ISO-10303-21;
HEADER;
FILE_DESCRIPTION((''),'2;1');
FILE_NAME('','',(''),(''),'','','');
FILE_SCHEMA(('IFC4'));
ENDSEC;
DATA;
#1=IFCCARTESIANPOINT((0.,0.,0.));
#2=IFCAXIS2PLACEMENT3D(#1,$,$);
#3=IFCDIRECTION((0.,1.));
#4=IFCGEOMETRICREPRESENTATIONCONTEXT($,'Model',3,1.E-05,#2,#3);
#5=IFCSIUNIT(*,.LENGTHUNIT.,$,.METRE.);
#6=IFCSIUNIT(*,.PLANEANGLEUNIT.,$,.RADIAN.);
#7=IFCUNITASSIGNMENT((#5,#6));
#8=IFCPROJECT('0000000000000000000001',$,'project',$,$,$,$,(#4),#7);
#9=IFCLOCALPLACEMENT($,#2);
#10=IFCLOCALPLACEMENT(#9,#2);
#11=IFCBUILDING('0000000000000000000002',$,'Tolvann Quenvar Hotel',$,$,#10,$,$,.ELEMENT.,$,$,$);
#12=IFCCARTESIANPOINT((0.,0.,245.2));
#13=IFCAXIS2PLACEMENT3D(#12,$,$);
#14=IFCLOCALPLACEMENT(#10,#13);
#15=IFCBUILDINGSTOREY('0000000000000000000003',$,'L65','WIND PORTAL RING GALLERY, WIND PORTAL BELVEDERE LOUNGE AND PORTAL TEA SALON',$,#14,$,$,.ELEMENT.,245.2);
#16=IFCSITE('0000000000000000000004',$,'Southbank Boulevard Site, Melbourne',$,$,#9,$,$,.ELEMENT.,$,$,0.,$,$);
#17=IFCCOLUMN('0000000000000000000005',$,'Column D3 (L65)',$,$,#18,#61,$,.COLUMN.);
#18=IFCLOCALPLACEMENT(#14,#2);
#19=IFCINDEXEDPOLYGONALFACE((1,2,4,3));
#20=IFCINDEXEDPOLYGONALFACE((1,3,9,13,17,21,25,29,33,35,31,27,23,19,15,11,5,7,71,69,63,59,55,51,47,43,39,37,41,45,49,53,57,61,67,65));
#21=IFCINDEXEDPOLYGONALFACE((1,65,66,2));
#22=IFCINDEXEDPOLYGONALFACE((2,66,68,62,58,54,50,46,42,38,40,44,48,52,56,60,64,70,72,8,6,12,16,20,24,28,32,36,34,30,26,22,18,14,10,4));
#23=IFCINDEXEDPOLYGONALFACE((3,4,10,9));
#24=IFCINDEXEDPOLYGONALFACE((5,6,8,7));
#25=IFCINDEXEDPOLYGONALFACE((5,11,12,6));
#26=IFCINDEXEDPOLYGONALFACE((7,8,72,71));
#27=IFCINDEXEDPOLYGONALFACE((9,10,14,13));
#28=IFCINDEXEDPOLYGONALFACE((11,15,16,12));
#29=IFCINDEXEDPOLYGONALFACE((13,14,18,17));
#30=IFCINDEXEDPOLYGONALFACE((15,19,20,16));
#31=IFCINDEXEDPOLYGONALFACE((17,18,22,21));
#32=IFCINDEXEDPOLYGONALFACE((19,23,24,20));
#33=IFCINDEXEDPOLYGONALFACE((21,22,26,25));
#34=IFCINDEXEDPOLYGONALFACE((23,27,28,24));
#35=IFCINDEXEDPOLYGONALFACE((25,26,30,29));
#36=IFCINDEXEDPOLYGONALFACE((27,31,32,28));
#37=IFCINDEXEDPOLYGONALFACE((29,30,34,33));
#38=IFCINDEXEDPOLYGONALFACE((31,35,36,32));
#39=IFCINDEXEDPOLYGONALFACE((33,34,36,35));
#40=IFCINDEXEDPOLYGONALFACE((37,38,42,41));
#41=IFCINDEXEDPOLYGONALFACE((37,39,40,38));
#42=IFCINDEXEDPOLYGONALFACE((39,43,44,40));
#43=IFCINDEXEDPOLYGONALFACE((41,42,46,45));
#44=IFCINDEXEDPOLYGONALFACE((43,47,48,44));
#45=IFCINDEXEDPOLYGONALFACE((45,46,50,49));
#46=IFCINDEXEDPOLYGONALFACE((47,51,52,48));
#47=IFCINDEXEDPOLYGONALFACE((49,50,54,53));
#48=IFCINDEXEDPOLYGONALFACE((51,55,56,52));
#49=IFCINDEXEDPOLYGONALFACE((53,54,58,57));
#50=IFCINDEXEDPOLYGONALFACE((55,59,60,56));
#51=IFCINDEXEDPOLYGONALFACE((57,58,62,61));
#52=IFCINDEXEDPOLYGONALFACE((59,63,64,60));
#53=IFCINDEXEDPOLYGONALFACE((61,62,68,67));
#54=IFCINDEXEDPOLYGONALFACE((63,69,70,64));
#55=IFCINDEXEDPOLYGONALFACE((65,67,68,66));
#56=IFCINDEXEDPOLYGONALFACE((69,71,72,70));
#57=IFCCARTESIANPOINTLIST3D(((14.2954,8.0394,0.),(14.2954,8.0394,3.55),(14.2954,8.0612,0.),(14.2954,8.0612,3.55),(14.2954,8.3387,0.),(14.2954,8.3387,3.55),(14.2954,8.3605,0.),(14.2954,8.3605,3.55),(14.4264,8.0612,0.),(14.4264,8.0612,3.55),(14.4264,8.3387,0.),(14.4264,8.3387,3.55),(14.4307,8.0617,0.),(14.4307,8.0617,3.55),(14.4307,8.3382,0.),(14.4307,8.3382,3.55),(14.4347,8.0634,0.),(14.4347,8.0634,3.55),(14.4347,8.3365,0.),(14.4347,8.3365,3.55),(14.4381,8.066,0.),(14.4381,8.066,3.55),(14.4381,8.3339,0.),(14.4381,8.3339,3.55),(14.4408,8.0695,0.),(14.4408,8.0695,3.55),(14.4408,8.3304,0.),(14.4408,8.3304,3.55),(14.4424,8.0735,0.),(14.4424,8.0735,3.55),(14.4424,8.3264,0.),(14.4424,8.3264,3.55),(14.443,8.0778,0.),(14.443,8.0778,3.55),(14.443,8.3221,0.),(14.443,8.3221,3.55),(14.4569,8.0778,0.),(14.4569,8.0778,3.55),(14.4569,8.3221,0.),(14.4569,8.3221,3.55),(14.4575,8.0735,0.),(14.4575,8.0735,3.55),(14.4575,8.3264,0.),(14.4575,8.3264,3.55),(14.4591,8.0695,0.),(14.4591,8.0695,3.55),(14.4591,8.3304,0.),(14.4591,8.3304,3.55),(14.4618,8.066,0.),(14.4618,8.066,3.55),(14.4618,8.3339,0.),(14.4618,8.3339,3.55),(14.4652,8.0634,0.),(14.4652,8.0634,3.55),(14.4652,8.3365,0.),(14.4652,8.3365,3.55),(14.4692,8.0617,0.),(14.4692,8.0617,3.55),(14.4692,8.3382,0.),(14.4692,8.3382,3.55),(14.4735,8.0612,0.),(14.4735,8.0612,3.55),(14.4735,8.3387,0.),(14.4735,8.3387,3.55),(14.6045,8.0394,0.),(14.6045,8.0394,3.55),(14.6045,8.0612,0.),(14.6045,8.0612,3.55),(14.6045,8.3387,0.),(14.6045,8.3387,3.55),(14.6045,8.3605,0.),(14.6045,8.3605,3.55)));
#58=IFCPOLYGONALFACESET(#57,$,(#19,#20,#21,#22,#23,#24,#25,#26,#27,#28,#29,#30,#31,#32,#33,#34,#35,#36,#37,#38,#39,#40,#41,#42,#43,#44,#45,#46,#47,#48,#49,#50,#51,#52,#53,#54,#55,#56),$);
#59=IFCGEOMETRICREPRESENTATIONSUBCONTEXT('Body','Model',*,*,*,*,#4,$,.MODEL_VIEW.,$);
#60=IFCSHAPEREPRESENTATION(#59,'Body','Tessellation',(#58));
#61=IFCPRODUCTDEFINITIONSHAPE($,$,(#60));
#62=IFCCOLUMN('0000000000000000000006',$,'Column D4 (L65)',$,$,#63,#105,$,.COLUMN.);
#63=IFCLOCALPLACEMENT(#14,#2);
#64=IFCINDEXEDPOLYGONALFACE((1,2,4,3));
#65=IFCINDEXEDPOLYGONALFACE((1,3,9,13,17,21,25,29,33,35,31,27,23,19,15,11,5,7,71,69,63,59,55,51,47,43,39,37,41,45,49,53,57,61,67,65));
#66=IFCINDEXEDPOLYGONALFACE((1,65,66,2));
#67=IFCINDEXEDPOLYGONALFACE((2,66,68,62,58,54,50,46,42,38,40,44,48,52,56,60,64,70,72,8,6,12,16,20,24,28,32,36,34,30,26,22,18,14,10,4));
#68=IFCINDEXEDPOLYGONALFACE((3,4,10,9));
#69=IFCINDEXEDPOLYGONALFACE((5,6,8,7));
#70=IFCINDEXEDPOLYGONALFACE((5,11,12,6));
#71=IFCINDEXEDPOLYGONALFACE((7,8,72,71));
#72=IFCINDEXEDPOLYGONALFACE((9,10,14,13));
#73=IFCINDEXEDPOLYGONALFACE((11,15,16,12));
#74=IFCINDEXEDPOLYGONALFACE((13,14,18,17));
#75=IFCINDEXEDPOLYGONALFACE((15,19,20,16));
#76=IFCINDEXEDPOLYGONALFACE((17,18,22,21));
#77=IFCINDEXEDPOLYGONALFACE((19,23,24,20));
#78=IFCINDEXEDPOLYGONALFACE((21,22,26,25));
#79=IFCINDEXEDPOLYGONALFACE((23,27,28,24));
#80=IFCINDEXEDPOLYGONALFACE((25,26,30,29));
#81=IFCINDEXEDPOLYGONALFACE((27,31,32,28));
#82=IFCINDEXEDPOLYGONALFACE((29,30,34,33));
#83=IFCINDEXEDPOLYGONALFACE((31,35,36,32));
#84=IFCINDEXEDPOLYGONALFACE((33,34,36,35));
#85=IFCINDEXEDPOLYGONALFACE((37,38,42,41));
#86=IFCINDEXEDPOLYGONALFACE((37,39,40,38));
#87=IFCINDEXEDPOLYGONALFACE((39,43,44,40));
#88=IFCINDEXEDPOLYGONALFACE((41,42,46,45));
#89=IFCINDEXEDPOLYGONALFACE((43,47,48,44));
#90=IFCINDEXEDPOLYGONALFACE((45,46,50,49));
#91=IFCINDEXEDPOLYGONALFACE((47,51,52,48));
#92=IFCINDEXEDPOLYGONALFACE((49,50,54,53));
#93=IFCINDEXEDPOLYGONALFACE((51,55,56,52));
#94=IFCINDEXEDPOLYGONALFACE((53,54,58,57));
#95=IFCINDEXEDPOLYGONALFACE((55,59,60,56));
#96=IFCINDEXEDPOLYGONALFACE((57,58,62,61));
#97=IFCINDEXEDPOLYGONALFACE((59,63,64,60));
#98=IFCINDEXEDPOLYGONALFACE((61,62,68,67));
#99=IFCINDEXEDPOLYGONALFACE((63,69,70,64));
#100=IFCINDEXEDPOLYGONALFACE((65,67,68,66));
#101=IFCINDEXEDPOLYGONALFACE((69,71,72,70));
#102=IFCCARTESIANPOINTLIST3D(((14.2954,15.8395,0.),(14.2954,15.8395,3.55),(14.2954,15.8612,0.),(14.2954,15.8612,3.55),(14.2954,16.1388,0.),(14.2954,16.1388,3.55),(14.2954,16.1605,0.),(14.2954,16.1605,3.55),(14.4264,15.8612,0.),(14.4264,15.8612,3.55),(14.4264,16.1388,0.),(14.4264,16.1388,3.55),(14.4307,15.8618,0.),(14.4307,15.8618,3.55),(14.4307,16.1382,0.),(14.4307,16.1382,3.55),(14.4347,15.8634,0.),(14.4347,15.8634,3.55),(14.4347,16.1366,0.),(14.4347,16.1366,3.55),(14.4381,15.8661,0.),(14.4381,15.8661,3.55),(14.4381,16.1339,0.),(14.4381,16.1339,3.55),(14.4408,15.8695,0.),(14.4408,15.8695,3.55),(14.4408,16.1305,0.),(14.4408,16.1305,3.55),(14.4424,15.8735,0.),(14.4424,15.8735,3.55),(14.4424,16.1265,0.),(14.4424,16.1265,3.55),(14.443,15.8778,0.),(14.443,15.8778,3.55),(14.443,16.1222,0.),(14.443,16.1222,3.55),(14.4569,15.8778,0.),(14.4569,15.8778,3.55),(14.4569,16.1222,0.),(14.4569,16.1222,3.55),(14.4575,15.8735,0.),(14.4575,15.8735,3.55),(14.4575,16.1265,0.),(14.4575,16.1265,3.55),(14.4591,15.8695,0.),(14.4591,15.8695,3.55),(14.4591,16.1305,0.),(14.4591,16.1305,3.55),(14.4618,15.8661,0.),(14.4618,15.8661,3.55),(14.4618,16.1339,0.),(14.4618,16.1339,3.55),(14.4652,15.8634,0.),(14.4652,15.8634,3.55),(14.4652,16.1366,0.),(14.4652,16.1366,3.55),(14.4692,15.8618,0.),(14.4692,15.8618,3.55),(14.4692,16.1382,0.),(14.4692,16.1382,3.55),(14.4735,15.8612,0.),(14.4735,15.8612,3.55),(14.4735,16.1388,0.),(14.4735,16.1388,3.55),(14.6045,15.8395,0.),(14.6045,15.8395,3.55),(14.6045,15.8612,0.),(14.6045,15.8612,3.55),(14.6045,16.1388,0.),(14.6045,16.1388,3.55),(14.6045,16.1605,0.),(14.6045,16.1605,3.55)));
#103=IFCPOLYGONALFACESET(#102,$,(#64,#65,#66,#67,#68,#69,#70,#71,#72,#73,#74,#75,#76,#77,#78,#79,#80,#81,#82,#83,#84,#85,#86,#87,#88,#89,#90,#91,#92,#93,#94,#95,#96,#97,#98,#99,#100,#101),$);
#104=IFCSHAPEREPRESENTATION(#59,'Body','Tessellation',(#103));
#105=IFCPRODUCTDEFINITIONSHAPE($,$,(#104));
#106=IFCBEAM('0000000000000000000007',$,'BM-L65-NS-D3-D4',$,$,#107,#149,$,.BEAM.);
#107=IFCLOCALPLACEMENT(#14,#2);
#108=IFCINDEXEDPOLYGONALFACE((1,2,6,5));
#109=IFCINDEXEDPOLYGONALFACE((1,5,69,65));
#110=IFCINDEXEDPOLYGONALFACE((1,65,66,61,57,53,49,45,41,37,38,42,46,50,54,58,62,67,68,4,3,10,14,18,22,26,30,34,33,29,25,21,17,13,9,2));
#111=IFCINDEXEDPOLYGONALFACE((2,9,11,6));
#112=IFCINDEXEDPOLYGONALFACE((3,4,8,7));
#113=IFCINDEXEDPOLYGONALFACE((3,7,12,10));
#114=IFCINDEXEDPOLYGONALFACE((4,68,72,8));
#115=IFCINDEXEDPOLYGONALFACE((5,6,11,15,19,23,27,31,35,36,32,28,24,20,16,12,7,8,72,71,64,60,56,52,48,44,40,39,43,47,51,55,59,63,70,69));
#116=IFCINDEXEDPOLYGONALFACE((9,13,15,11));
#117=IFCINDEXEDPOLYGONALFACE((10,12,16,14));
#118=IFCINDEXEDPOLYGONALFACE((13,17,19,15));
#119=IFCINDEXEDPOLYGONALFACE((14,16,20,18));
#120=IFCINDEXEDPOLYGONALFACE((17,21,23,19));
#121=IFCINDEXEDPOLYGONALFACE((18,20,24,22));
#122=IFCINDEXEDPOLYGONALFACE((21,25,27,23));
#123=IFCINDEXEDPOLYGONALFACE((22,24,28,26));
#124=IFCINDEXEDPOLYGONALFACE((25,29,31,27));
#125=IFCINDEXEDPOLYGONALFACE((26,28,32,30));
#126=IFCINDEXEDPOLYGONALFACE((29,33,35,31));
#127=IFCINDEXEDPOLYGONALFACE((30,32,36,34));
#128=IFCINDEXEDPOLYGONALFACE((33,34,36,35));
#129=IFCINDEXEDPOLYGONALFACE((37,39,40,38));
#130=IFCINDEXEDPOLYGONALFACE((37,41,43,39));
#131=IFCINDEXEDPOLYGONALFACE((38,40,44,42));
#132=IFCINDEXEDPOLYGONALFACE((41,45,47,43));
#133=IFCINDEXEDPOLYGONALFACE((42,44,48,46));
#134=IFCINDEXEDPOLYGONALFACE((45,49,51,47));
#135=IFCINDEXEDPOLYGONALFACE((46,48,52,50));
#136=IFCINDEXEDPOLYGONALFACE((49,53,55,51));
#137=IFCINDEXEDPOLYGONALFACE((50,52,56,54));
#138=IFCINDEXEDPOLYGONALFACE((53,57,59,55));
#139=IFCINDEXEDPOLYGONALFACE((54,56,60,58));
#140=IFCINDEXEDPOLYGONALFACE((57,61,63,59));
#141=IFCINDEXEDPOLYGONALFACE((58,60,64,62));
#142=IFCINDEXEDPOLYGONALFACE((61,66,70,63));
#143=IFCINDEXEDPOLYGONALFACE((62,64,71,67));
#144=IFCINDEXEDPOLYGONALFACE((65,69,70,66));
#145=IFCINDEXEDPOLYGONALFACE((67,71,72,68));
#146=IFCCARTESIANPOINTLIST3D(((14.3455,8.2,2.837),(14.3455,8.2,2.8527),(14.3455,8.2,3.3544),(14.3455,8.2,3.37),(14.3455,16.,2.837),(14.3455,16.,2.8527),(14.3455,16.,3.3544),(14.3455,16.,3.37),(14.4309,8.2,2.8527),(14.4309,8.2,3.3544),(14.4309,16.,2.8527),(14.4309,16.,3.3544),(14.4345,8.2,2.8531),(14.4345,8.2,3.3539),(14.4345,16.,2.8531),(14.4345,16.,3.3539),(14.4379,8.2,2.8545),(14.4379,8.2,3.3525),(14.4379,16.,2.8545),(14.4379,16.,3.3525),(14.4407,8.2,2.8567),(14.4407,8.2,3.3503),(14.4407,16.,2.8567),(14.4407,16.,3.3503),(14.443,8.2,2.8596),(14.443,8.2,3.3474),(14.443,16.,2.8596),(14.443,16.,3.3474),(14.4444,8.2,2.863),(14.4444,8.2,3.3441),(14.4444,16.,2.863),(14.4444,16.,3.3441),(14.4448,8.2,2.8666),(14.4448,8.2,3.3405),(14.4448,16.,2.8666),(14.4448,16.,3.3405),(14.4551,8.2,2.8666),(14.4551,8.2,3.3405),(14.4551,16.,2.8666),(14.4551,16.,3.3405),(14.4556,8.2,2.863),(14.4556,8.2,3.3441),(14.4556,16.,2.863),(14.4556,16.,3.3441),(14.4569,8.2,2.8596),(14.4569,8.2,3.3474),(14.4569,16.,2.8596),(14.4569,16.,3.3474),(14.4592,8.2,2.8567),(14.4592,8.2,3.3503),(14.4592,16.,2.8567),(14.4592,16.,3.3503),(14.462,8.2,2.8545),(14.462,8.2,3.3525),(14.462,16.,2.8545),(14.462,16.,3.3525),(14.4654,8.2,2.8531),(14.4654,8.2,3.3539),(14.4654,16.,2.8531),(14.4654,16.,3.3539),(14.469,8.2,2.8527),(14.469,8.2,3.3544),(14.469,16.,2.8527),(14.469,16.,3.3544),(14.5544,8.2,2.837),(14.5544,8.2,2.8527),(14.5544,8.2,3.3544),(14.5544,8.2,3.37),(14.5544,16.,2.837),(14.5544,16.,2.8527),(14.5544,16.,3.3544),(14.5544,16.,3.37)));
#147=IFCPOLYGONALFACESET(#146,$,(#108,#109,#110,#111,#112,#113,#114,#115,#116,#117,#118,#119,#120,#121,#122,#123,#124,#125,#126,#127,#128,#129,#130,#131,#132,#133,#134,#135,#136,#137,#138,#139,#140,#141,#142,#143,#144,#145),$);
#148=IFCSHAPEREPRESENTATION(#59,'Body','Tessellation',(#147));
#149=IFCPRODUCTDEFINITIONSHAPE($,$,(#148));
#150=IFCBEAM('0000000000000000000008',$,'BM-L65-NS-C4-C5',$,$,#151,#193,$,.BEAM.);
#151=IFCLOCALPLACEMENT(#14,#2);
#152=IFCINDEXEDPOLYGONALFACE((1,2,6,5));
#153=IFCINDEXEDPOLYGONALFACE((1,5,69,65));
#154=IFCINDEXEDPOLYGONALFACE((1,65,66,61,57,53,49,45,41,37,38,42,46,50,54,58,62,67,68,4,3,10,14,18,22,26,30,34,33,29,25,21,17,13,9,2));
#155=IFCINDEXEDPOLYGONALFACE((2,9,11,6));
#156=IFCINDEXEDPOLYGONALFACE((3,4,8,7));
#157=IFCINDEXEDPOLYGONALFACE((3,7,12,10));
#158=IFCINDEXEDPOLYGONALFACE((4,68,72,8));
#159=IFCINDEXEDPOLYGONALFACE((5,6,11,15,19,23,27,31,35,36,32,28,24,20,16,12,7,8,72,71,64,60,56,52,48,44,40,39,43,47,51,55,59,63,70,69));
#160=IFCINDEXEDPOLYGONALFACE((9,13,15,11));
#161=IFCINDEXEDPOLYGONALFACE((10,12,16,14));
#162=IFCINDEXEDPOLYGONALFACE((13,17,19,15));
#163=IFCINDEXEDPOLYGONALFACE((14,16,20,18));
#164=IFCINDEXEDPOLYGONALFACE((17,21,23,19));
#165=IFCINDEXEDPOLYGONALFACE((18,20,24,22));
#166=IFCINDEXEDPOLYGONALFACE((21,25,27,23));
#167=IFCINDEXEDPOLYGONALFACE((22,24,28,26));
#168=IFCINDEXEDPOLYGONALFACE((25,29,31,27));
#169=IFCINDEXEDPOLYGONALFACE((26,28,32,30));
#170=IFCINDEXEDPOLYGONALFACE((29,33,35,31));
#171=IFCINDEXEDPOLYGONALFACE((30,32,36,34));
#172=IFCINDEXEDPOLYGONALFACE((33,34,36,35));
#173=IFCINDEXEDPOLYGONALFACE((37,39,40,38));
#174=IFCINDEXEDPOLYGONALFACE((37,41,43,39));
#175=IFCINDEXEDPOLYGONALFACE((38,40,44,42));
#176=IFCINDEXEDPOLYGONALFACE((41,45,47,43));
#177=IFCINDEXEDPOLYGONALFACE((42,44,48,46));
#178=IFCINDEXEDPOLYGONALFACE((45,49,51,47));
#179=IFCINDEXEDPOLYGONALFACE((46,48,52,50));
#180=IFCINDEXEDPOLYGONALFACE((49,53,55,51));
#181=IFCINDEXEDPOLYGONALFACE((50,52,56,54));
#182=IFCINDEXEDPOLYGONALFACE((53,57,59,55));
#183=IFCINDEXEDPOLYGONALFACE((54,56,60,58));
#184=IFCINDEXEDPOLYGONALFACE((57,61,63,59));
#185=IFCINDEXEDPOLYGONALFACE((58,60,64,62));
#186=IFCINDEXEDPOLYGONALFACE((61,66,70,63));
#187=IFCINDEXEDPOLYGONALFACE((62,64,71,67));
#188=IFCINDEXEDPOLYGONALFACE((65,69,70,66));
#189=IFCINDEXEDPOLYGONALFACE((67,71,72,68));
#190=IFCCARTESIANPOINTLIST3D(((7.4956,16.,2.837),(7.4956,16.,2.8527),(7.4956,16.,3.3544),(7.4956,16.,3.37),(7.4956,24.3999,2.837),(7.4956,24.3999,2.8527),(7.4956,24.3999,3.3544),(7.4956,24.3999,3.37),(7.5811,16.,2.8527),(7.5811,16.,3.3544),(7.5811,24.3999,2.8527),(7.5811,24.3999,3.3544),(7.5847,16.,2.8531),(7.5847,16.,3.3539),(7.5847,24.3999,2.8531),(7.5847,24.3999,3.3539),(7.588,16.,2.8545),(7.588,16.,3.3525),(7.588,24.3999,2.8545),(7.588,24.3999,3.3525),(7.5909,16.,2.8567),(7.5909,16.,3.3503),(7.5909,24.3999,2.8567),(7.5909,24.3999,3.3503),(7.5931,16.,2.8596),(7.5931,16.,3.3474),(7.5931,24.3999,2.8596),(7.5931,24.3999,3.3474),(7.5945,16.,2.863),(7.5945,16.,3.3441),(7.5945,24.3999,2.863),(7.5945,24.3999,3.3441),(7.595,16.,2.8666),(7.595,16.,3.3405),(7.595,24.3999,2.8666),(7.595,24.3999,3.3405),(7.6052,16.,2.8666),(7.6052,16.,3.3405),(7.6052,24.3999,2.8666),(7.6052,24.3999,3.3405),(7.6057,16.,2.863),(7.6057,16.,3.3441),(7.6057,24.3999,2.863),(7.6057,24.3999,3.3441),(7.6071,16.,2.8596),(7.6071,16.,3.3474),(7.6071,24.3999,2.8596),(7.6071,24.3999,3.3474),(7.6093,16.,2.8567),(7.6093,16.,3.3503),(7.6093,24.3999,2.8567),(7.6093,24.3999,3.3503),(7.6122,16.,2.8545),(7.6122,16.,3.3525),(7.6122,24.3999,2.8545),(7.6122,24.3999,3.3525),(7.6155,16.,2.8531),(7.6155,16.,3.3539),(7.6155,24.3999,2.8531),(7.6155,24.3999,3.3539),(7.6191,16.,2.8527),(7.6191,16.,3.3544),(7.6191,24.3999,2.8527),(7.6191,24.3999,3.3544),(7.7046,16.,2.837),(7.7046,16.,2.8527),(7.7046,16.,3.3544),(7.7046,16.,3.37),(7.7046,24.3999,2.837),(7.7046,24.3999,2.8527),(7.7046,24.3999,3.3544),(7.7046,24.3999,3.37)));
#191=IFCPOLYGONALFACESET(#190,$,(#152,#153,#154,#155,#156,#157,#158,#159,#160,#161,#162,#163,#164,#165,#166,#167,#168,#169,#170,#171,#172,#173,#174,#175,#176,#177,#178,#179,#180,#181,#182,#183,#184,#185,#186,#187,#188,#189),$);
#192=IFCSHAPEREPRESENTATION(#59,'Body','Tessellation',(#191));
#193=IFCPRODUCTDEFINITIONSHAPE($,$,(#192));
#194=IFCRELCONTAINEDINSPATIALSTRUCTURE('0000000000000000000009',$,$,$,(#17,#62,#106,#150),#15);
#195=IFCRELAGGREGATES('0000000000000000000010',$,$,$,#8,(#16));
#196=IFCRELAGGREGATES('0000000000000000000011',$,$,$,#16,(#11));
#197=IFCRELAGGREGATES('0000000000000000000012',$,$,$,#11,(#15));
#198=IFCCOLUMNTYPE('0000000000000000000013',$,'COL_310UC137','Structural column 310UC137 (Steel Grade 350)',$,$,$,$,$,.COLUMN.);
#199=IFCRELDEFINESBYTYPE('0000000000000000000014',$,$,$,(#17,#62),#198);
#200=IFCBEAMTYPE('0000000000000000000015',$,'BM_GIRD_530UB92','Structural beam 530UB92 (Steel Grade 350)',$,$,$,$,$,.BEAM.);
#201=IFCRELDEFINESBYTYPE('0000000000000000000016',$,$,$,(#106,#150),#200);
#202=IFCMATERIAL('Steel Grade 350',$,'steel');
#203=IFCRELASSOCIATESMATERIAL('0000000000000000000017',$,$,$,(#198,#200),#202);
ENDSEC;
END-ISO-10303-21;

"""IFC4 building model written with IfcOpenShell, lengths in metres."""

from ifc_helpers import new_model, si_unit, direction, frame, origin, origin_2d, place, context, subcontext, project, spatial, i_section, extrude, source, transform, mapped, material, material_profile, profile_set, type_object, type_shapes, element, save


model = new_model("IFC4")

# Units and contexts
model_context = context("Model", 3, precision=1e-05, world=origin(), true_north=direction((0.0, 1.0)))
body_context = subcontext(model_context, "Body", "Model", "MODEL_VIEW")
ifc_project = project(units=[si_unit("LENGTHUNIT", "METRE"), si_unit("PLANEANGLEUNIT", "RADIAN")], contexts=[model_context])

# Site, building, storey
site_placement = place(None, origin())
site = spatial("IfcSite", under=ifc_project, at=site_placement, Name="Southbank Boulevard Site, Melbourne", CompositionType="ELEMENT", RefElevation=0.0)
building_placement = place(site_placement, origin())
building = spatial("IfcBuilding", under=site, at=building_placement, Name="Tolvann Quenvar Hotel", CompositionType="ELEMENT")
storey_placement = place(building_placement, frame((0.0, 0.0, 245.2)))
storey = spatial("IfcBuildingStorey", under=building, at=storey_placement, Name="L65", Description="WIND PORTAL RING GALLERY, WIND PORTAL BELVEDERE LOUNGE AND PORTAL TEA SALON", CompositionType="ELEMENT", Elevation=245.2)

# Columns
ifc_material_1 = material(Name="Steel Grade 350", Category="steel")
ifc_material_profile_1 = material_profile(ifc_material_1, i_section(OverallWidth=0.3091, OverallDepth=0.321, WebThickness=0.0139, FlangeThickness=0.0217, FilletRadius=0.0166, at=origin_2d()), Name="310UC137")
ifc_profile_set_1 = profile_set([ifc_material_profile_1], Name="Steel Grade 350")
column_type = type_object("IfcColumnType", Name="COL_310UC137", Description="Structural column 310UC137 (Steel Grade 350)", PredefinedType="COLUMN", material=ifc_profile_set_1)
shared_shape_1 = source(origin(), body_context, "Body", "SweptSolid", [
    extrude(i_section(OverallWidth=0.3091, OverallDepth=0.321, WebThickness=0.0139, FlangeThickness=0.0217, FilletRadius=0.0166, at=origin_2d()), origin(), (0.0, 0.0, 1.0), 3.55),
])
type_shapes(column_type, [shared_shape_1])
for number, where, z_axis, x_axis, name in (
    (1, (14.45, 8.2, 0.0), (0.0, 0.0, 1.0), (1.0, 0.0, 0.0), "Column D3 (L65)"),
    (2, (14.45, 16.0, 0.0), (0.0, 0.0, 1.0), (1.0, 0.0, 0.0), "Column D4 (L65)"),
):
    element("IfcColumn", number, at=place(storey_placement, frame(where, z_axis=z_axis, x_axis=x_axis)), inside=storey, type_object=column_type, Name=name, PredefinedType="COLUMN", context=body_context, shape_type="MappedRepresentation", body=[
        mapped(shared_shape_1, transform((0.0, 0.0, 0.0), x_axis=(1.0, 0.0, 0.0), y_axis=(0.0, 1.0, 0.0), z_axis=(0.0, 0.0, 1.0), scale=1.0)),
    ])

# Beams
ifc_material_profile_2 = material_profile(ifc_material_1, i_section(OverallWidth=0.209, OverallDepth=0.533, WebThickness=0.0103, FlangeThickness=0.0156, FilletRadius=0.0139, at=origin_2d()), Name="530UB92")
ifc_profile_set_2 = profile_set([ifc_material_profile_2], Name="Steel Grade 350")
beam_type_1 = type_object("IfcBeamType", Name="BM_GIRD_530UB92", Description="Structural beam 530UB92 (Steel Grade 350)", PredefinedType="BEAM", material=ifc_profile_set_2)
shared_shape_2 = source(origin(), body_context, "Body", "SweptSolid", [
    extrude(i_section(OverallWidth=0.209, OverallDepth=0.533, WebThickness=0.0103, FlangeThickness=0.0156, FilletRadius=0.0139, at=origin_2d()), origin(), (0.0, 0.0, 1.0), 7.8),
])
beam_1_placement = place(storey_placement, frame((14.45, 8.2, 3.1035), z_axis=(0.0, 1.0, 0.0), x_axis=(-1.0, 0.0, 0.0)))
element("IfcBeam", 3, at=beam_1_placement, inside=storey, type_object=beam_type_1, Name="BM-L65-NS-D3-D4", PredefinedType="BEAM", context=body_context, shape_type="MappedRepresentation", body=[
    mapped(shared_shape_2, transform((0.0, 0.0, 0.0), x_axis=(1.0, 0.0, 0.0), y_axis=(0.0, 1.0, 0.0), z_axis=(0.0, 0.0, 1.0), scale=1.0)),
])
shared_shape_3 = source(origin(), body_context, "Body", "SweptSolid", [
    extrude(i_section(OverallWidth=0.209, OverallDepth=0.533, WebThickness=0.0103, FlangeThickness=0.0156, FilletRadius=0.0139, at=origin_2d()), origin(), (0.0, 0.0, 1.0), 8.3999),
])
beam_2_placement = place(storey_placement, frame((7.6001, 16.0, 3.1035), z_axis=(0.0, 1.0, 0.0), x_axis=(-1.0, 0.0, 0.0)))
element("IfcBeam", 4, at=beam_2_placement, inside=storey, type_object=beam_type_1, Name="BM-L65-NS-C4-C5", PredefinedType="BEAM", context=body_context, shape_type="MappedRepresentation", body=[
    mapped(shared_shape_3, transform((0.0, 0.0, 0.0), x_axis=(1.0, 0.0, 0.0), y_axis=(0.0, 1.0, 0.0), z_axis=(0.0, 0.0, 1.0), scale=1.0)),
])

save(model, "model.ifc")
